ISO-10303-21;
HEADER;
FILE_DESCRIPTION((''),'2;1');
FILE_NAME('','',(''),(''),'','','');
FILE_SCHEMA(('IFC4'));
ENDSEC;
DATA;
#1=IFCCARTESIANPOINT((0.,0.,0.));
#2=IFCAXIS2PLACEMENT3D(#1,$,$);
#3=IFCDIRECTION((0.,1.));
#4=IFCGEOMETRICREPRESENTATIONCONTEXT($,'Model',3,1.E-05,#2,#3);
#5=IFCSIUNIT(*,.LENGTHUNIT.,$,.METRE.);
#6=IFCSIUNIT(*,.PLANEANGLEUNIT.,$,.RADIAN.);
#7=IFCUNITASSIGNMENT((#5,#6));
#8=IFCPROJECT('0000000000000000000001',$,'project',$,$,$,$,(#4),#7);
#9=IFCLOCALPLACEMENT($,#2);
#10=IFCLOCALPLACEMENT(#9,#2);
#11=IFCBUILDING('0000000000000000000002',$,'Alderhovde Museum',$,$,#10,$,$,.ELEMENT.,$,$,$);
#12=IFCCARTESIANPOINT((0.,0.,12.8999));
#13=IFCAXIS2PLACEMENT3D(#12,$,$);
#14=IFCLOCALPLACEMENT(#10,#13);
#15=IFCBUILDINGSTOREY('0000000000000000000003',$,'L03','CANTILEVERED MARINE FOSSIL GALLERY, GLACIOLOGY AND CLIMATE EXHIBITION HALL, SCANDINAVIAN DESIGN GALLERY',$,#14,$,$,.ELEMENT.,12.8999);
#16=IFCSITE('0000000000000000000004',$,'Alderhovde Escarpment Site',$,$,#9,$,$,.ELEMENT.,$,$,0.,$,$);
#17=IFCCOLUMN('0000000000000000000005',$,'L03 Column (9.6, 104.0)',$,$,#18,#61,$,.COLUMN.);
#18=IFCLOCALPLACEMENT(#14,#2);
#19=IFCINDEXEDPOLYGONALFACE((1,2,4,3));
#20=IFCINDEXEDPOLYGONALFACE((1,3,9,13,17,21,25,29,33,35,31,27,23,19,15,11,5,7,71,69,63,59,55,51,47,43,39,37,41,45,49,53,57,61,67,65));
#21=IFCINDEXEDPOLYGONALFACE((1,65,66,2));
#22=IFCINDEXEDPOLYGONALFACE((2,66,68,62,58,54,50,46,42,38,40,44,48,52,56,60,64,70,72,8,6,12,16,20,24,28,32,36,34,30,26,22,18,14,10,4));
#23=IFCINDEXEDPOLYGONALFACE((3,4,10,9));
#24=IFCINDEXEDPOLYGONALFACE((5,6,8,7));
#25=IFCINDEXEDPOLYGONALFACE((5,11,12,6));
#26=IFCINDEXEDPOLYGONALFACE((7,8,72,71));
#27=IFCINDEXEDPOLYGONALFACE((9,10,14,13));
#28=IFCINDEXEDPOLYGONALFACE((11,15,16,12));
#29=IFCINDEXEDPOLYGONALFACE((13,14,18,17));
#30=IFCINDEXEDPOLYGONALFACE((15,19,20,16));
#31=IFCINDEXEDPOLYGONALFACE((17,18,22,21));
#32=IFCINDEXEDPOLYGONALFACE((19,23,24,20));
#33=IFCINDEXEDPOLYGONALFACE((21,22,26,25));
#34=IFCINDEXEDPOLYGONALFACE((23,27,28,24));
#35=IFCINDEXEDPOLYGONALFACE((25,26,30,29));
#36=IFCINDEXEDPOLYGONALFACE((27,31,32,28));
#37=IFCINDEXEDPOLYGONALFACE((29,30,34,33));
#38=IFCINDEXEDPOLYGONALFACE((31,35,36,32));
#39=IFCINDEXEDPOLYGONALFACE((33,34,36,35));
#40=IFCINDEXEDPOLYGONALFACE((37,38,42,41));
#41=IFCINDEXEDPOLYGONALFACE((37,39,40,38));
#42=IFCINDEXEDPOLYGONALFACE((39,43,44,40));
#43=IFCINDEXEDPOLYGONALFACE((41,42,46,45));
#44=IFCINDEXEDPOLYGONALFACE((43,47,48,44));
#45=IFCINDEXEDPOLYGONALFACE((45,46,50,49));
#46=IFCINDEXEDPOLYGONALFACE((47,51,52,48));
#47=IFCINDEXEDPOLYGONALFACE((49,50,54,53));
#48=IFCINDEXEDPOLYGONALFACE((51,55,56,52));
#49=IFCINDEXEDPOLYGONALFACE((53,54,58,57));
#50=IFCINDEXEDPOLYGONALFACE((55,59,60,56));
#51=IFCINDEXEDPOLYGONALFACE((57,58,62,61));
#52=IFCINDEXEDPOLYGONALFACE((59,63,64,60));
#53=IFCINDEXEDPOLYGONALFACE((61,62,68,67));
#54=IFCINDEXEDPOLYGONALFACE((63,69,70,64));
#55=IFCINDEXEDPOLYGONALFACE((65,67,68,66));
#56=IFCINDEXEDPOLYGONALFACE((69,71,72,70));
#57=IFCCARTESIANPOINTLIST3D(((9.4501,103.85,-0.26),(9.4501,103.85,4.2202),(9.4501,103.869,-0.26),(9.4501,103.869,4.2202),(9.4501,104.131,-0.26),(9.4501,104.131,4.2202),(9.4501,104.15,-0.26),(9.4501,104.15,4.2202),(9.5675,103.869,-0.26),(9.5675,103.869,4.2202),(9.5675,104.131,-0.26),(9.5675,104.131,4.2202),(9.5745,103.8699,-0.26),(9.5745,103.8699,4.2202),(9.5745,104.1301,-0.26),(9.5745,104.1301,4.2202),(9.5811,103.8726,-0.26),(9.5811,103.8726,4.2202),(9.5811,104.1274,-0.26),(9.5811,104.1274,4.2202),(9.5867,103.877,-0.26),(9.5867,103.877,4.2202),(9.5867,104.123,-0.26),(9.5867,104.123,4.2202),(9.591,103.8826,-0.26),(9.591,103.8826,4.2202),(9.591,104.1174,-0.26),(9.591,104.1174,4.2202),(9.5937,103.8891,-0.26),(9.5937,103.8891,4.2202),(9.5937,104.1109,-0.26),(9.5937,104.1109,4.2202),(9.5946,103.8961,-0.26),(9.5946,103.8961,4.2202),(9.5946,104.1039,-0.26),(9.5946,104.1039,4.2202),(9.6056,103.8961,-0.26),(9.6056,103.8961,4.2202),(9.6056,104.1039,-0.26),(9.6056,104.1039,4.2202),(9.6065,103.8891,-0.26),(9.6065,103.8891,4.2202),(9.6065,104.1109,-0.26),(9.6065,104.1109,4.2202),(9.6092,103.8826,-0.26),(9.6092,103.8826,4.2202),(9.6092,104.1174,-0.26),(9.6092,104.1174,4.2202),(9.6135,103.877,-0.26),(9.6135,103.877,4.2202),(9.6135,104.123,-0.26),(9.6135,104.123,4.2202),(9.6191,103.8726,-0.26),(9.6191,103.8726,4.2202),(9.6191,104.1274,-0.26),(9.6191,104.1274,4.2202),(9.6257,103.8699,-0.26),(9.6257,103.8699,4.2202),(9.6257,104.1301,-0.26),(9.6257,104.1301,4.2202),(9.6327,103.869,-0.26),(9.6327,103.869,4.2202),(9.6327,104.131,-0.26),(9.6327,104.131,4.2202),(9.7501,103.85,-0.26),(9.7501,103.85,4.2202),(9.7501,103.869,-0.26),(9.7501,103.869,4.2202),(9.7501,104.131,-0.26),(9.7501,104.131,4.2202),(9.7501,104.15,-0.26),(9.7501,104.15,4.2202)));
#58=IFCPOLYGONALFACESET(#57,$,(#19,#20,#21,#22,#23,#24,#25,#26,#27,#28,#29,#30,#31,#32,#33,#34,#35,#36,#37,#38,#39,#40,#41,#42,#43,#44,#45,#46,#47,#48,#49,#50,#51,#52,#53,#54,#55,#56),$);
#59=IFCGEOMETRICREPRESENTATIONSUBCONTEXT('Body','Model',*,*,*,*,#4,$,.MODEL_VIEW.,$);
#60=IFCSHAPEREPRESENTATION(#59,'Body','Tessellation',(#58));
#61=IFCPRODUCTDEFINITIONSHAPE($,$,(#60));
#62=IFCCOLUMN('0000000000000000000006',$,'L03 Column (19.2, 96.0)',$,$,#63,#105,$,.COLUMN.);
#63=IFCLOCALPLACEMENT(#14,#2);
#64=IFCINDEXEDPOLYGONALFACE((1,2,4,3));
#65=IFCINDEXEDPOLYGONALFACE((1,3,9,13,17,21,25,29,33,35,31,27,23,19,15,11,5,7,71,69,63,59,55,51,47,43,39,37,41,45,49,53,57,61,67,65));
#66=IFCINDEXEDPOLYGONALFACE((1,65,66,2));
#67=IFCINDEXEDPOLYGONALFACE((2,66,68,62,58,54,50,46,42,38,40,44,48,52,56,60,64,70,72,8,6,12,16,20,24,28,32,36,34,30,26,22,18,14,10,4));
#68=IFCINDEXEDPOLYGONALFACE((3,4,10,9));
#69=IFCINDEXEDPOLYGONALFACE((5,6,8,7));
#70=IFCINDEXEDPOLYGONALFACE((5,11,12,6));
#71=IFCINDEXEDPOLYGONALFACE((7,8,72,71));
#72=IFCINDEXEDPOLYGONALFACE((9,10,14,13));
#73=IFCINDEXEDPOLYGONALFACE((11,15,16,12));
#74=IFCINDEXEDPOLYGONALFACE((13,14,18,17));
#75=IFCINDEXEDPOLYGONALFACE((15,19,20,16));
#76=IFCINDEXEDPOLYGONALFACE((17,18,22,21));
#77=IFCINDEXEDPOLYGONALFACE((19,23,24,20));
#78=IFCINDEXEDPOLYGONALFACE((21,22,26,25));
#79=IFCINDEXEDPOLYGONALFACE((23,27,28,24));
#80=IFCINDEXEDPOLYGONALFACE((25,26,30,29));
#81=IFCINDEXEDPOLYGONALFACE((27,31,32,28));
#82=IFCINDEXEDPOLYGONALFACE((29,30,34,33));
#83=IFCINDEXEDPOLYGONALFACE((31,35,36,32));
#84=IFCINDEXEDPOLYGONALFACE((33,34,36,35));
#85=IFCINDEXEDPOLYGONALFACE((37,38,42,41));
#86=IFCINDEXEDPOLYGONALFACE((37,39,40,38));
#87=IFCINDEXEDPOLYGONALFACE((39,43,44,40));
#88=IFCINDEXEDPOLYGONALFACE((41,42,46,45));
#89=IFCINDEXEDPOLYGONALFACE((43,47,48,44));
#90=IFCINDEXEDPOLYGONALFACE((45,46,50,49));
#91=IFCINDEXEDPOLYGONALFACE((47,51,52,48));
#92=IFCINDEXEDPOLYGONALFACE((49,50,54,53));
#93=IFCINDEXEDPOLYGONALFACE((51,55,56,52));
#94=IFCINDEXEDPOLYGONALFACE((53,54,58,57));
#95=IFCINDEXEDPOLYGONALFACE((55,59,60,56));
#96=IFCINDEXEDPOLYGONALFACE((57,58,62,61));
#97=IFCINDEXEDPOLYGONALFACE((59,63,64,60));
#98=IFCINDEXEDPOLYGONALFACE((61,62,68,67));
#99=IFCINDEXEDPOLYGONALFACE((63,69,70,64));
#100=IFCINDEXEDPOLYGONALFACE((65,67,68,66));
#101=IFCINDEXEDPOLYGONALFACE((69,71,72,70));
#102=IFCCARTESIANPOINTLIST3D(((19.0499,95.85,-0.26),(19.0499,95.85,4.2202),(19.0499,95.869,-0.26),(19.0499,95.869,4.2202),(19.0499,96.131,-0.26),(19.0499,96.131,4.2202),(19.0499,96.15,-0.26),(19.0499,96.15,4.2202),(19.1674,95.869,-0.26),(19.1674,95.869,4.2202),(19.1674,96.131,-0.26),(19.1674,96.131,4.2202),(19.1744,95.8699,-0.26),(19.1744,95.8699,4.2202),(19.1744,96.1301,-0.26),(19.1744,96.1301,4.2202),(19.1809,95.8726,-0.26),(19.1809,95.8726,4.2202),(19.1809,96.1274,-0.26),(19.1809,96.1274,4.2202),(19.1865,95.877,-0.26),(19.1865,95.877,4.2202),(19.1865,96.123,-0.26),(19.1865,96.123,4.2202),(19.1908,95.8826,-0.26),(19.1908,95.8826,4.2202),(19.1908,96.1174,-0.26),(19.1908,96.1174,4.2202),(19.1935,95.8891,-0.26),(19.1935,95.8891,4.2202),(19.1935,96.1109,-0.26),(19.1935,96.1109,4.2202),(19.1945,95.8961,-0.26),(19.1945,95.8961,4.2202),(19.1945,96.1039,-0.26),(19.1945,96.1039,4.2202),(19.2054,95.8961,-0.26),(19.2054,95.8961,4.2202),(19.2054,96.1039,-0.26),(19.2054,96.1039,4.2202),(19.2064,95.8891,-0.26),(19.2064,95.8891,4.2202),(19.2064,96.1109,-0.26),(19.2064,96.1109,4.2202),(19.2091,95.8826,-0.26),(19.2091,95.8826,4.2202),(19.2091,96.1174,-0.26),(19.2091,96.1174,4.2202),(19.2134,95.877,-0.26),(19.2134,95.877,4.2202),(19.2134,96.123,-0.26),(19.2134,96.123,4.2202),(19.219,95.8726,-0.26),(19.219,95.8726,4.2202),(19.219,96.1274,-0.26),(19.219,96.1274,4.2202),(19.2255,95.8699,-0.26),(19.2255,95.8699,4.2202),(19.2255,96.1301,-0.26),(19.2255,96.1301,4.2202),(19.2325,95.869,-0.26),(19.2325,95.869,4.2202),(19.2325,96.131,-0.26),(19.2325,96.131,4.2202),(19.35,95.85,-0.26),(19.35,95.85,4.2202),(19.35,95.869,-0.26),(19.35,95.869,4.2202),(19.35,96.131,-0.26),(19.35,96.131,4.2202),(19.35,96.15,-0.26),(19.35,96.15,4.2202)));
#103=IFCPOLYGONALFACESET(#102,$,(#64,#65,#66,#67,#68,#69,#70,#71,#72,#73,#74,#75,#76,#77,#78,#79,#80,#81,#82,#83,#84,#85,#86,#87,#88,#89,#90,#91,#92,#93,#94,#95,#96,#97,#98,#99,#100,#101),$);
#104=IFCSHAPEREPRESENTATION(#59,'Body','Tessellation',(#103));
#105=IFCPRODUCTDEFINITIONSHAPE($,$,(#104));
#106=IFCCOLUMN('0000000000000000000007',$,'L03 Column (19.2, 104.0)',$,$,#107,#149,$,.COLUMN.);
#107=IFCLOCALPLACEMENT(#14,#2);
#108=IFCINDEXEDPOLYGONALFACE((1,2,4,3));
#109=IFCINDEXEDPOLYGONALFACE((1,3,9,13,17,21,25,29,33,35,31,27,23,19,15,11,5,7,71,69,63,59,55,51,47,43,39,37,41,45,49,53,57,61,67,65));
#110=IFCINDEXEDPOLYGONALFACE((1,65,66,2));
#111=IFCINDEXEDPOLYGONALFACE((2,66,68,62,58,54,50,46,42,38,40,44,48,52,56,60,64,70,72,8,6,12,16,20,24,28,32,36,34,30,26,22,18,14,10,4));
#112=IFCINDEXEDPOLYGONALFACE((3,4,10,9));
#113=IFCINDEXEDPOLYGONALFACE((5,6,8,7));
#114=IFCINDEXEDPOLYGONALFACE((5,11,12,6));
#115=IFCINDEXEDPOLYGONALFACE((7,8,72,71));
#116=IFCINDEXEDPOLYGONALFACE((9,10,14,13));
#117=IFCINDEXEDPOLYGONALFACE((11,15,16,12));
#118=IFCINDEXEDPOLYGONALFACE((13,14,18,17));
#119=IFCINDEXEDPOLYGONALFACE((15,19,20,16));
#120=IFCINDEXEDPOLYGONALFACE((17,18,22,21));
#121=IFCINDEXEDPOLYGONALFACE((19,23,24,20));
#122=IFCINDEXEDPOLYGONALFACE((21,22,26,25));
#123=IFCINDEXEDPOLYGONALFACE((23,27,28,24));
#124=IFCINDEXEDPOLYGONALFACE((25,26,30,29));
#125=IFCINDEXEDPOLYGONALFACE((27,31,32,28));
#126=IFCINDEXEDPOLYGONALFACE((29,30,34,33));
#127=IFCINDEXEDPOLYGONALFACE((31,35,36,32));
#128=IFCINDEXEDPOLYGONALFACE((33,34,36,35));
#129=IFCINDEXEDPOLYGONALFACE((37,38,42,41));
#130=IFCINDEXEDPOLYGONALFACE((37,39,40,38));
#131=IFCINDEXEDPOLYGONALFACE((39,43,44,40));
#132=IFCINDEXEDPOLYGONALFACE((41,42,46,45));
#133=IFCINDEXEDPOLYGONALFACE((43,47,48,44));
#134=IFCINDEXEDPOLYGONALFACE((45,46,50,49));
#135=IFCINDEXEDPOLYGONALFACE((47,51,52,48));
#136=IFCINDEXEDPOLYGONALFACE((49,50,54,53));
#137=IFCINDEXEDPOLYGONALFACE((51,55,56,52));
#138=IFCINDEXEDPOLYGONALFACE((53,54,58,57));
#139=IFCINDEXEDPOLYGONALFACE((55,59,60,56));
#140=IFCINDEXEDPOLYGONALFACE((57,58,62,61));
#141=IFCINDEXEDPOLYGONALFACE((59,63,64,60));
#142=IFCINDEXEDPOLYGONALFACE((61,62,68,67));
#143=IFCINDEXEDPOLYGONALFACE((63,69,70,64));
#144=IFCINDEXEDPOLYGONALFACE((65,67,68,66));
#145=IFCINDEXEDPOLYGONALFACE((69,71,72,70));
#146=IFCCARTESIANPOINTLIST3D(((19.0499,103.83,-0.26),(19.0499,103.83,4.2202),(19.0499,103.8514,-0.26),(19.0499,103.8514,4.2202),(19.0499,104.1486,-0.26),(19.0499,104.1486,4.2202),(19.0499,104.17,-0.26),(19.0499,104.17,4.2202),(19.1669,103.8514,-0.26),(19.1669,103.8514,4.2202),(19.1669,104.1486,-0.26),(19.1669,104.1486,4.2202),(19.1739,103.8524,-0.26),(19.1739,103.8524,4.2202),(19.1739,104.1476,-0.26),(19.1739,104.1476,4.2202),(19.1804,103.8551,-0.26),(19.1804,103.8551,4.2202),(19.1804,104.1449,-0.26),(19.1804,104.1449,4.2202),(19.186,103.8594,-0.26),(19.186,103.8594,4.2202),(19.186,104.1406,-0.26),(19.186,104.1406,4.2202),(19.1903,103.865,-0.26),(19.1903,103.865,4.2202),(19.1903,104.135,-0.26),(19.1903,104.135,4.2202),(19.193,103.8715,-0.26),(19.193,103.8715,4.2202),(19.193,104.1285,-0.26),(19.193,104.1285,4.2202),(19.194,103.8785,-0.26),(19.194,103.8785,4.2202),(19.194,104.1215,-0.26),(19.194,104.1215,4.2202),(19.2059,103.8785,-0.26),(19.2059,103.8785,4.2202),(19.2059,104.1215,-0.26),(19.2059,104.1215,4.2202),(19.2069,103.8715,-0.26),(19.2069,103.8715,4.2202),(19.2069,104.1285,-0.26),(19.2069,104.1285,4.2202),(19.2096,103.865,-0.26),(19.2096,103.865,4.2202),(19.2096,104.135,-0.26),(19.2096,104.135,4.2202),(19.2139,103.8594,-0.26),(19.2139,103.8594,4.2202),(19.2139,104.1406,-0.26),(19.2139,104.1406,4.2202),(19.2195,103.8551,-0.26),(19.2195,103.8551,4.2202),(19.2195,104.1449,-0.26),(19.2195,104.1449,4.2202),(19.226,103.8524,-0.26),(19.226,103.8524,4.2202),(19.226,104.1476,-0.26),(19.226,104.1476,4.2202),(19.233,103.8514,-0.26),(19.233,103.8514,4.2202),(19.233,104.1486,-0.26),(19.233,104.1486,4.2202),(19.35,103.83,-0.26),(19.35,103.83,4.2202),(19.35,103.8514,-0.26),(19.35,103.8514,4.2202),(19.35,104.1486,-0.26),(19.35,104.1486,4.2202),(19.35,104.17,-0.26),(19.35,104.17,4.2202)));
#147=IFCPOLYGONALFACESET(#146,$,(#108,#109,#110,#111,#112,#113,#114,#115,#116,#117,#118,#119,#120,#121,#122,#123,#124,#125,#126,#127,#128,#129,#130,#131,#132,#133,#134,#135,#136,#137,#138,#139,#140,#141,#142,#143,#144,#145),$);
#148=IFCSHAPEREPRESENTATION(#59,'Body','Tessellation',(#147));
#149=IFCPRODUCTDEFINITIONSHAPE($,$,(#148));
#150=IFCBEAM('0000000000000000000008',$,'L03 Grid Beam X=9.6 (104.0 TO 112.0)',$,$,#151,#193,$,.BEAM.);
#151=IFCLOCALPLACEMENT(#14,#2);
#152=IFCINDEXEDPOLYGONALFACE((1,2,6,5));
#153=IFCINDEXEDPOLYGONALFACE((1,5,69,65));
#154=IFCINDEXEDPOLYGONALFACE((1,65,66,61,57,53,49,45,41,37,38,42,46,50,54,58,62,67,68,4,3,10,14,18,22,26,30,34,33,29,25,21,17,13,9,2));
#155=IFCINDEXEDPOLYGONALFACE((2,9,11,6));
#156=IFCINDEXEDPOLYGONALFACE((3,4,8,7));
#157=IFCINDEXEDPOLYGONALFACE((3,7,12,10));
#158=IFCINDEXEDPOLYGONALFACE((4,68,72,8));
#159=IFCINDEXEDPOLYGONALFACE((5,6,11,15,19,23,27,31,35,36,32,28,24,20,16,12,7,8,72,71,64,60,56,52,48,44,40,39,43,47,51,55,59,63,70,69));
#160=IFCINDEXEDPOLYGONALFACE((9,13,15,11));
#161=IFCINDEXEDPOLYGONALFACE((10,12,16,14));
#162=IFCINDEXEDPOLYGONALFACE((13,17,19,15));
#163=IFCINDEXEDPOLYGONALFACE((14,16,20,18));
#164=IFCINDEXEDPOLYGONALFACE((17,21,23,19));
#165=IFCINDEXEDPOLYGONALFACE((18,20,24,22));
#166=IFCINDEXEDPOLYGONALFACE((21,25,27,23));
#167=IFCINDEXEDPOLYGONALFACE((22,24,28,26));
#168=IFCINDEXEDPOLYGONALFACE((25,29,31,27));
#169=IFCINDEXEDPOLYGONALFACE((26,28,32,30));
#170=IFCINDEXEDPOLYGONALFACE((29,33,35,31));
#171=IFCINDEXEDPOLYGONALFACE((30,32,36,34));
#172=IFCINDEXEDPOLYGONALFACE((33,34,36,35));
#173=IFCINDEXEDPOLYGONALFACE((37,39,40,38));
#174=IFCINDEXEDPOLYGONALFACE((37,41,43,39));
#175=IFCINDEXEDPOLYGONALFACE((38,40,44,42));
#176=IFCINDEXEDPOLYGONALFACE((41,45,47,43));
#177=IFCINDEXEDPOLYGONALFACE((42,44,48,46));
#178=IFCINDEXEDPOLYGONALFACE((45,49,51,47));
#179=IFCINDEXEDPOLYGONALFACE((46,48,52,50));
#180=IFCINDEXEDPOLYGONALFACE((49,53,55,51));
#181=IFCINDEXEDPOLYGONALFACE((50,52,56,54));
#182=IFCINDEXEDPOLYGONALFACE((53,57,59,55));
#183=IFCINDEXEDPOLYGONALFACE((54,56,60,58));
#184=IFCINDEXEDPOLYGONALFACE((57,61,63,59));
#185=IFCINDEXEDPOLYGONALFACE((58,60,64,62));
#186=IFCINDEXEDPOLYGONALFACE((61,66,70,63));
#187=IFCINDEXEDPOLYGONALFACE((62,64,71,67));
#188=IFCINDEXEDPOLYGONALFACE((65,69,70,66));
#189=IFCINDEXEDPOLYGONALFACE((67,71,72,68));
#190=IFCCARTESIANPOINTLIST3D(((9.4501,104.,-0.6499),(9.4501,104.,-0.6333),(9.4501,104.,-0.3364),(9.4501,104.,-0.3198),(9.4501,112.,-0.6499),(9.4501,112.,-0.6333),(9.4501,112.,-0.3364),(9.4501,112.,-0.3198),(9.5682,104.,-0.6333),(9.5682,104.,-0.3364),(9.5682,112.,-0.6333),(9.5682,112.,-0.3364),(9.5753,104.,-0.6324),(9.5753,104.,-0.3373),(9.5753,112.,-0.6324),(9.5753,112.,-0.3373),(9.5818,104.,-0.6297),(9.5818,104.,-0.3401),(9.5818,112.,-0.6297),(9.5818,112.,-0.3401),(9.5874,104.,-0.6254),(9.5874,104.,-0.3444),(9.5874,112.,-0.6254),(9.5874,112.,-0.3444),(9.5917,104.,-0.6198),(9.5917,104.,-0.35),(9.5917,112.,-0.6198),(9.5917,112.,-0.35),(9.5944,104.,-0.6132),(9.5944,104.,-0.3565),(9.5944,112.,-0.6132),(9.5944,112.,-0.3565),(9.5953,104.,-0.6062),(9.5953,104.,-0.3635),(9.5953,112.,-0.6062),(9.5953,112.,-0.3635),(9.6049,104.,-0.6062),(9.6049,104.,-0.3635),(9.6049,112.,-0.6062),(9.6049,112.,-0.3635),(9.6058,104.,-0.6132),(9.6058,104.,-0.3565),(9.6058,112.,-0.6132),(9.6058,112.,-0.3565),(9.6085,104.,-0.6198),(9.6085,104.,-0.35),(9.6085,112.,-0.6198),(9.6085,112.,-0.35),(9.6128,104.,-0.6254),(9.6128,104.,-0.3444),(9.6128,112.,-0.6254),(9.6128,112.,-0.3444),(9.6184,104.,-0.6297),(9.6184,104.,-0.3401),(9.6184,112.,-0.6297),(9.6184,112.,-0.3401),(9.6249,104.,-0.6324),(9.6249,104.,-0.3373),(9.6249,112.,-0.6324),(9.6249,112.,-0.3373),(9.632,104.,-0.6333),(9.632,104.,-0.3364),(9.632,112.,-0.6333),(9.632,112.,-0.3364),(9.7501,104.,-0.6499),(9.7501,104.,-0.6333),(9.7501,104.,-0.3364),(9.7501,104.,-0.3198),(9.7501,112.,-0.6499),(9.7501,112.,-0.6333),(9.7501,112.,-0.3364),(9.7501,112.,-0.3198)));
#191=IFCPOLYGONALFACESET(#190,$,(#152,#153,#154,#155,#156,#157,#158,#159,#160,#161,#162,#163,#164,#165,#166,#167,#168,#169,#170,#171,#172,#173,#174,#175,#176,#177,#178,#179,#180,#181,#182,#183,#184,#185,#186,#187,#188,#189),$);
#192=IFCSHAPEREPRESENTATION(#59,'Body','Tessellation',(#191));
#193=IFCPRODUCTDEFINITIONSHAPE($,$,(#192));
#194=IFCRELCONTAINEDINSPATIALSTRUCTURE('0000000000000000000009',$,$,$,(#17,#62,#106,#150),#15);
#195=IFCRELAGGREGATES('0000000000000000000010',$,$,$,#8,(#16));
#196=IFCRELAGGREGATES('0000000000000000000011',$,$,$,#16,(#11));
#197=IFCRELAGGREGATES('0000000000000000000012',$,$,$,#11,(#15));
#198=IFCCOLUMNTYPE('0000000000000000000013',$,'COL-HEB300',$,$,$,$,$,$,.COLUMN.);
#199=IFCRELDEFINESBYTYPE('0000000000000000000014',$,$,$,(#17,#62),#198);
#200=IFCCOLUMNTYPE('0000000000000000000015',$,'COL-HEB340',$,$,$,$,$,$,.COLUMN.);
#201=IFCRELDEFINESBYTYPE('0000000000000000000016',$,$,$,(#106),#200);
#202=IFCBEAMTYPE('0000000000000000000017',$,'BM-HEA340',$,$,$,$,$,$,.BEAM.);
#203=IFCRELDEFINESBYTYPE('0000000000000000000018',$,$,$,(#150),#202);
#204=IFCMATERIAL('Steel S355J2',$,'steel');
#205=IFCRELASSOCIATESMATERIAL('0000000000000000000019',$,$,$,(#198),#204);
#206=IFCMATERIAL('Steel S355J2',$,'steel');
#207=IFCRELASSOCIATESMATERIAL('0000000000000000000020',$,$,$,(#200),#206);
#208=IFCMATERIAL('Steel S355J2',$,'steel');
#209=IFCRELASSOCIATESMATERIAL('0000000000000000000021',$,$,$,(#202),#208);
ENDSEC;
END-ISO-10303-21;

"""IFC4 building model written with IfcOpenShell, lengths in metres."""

from ifc_helpers import new_model, si_unit, direction, frame, origin, origin_2d, place, context, subcontext, project, spatial, i_section, extrude, material, material_profile, profile_set, type_object, element, save


model = new_model("IFC4")

# Units and contexts
model_context = context("Model", 3, precision=1e-05, world=origin(), true_north=direction((0.0, 1.0)))
body_context = subcontext(model_context, "Body", "Model", "MODEL_VIEW")
ifc_project = project(units=[si_unit("LENGTHUNIT", "METRE"), si_unit("PLANEANGLEUNIT", "RADIAN")], contexts=[model_context])

# Site, building, storey
site_placement = place(None, origin())
site = spatial("IfcSite", under=ifc_project, at=site_placement, Name="Alderhovde Escarpment Site", CompositionType="ELEMENT", RefElevation=0.0)
building_placement = place(site_placement, origin())
building = spatial("IfcBuilding", under=site, at=building_placement, Name="Alderhovde Museum", CompositionType="ELEMENT")
storey_placement = place(building_placement, frame((0.0, 0.0, 12.8999)))
storey = spatial("IfcBuildingStorey", under=building, at=storey_placement, Name="L03", Description="CANTILEVERED MARINE FOSSIL GALLERY, GLACIOLOGY AND CLIMATE EXHIBITION HALL, SCANDINAVIAN DESIGN GALLERY", CompositionType="ELEMENT", Elevation=12.8999)

# Columns
ifc_material_1 = material(Name="Steel S355J2", Category="steel")
ifc_material_profile_1 = material_profile(ifc_material_1, i_section(OverallWidth=0.3, OverallDepth=0.3, WebThickness=0.011, FlangeThickness=0.019, FilletRadius=0.0271, at=origin_2d()), Name="HEB 300")
ifc_profile_set_1 = profile_set([ifc_material_profile_1], Name="Steel S355J2")
column_type_1 = type_object("IfcColumnType", Name="COL-HEB300", PredefinedType="COLUMN", material=ifc_profile_set_1)
for number, where, z_axis, x_axis, name in (
    (1, (9.6001, 104.0, -0.26), (0.0, 0.0, 1.0), (1.0, 0.0, 0.0), "L03 Column (9.6, 104.0)"),
    (2, (19.2, 96.0, -0.26), (0.0, 0.0, 1.0), (1.0, 0.0, 0.0), "L03 Column (19.2, 96.0)"),
):
    element("IfcColumn", number, at=place(storey_placement, frame(where, z_axis=z_axis, x_axis=x_axis)), inside=storey, type_object=column_type_1, Name=name, PredefinedType="COLUMN", context=body_context, shape_type="SweptSolid", body=[
        extrude(i_section(OverallWidth=0.3, OverallDepth=0.3, WebThickness=0.011, FlangeThickness=0.019, FilletRadius=0.0271, at=origin_2d()), origin(), (0.0, 0.0, 1.0), 4.4802),
    ])
ifc_material_2 = material(Name="Steel S355J2", Category="steel")
ifc_material_profile_2 = material_profile(ifc_material_2, i_section(OverallWidth=0.3, OverallDepth=0.3401, WebThickness=0.012, FlangeThickness=0.0215, FilletRadius=0.0271, at=origin_2d()), Name="HEB 340")
ifc_profile_set_2 = profile_set([ifc_material_profile_2], Name="Steel S355J2")
column_type_2 = type_object("IfcColumnType", Name="COL-HEB340", PredefinedType="COLUMN", material=ifc_profile_set_2)
column_placement = place(storey_placement, frame((19.2, 104.0, -0.26), z_axis=(0.0, 0.0, 1.0), x_axis=(1.0, 0.0, 0.0)))
element("IfcColumn", 3, at=column_placement, inside=storey, type_object=column_type_2, Name="L03 Column (19.2, 104.0)", PredefinedType="COLUMN", context=body_context, shape_type="SweptSolid", body=[
    extrude(i_section(OverallWidth=0.3, OverallDepth=0.3401, WebThickness=0.012, FlangeThickness=0.0215, FilletRadius=0.0271, at=origin_2d()), origin(), (0.0, 0.0, 1.0), 4.4802),
])

# Beam
ifc_material_3 = material(Name="Steel S355J2", Category="steel")
ifc_material_profile_3 = material_profile(ifc_material_3, i_section(OverallWidth=0.3, OverallDepth=0.3301, WebThickness=0.0095, FlangeThickness=0.0166, FilletRadius=0.0271, at=origin_2d()), Name="HEA 340")
ifc_profile_set_3 = profile_set([ifc_material_profile_3], Name="Steel S355J2")
beam_type_1 = type_object("IfcBeamType", Name="BM-HEA340", PredefinedType="BEAM", material=ifc_profile_set_3)
for number, where, z_axis, x_axis, name in (
    (4, (9.6001, 104.0, -0.4849), (0.0, 1.0, 0.0), (-1.0, 0.0, 0.0), "L03 Grid Beam X=9.6 (104.0 TO 112.0)"),
):
    element("IfcBeam", number, at=place(storey_placement, frame(where, z_axis=z_axis, x_axis=x_axis)), inside=storey, type_object=beam_type_1, Name=name, PredefinedType="BEAM", context=body_context, shape_type="SweptSolid", body=[
        extrude(i_section(OverallWidth=0.3, OverallDepth=0.3301, WebThickness=0.0095, FlangeThickness=0.0166, FilletRadius=0.0271, at=origin_2d()), origin(), (0.0, 0.0, 1.0), 8.0),
    ])

save(model, "model.ifc")
